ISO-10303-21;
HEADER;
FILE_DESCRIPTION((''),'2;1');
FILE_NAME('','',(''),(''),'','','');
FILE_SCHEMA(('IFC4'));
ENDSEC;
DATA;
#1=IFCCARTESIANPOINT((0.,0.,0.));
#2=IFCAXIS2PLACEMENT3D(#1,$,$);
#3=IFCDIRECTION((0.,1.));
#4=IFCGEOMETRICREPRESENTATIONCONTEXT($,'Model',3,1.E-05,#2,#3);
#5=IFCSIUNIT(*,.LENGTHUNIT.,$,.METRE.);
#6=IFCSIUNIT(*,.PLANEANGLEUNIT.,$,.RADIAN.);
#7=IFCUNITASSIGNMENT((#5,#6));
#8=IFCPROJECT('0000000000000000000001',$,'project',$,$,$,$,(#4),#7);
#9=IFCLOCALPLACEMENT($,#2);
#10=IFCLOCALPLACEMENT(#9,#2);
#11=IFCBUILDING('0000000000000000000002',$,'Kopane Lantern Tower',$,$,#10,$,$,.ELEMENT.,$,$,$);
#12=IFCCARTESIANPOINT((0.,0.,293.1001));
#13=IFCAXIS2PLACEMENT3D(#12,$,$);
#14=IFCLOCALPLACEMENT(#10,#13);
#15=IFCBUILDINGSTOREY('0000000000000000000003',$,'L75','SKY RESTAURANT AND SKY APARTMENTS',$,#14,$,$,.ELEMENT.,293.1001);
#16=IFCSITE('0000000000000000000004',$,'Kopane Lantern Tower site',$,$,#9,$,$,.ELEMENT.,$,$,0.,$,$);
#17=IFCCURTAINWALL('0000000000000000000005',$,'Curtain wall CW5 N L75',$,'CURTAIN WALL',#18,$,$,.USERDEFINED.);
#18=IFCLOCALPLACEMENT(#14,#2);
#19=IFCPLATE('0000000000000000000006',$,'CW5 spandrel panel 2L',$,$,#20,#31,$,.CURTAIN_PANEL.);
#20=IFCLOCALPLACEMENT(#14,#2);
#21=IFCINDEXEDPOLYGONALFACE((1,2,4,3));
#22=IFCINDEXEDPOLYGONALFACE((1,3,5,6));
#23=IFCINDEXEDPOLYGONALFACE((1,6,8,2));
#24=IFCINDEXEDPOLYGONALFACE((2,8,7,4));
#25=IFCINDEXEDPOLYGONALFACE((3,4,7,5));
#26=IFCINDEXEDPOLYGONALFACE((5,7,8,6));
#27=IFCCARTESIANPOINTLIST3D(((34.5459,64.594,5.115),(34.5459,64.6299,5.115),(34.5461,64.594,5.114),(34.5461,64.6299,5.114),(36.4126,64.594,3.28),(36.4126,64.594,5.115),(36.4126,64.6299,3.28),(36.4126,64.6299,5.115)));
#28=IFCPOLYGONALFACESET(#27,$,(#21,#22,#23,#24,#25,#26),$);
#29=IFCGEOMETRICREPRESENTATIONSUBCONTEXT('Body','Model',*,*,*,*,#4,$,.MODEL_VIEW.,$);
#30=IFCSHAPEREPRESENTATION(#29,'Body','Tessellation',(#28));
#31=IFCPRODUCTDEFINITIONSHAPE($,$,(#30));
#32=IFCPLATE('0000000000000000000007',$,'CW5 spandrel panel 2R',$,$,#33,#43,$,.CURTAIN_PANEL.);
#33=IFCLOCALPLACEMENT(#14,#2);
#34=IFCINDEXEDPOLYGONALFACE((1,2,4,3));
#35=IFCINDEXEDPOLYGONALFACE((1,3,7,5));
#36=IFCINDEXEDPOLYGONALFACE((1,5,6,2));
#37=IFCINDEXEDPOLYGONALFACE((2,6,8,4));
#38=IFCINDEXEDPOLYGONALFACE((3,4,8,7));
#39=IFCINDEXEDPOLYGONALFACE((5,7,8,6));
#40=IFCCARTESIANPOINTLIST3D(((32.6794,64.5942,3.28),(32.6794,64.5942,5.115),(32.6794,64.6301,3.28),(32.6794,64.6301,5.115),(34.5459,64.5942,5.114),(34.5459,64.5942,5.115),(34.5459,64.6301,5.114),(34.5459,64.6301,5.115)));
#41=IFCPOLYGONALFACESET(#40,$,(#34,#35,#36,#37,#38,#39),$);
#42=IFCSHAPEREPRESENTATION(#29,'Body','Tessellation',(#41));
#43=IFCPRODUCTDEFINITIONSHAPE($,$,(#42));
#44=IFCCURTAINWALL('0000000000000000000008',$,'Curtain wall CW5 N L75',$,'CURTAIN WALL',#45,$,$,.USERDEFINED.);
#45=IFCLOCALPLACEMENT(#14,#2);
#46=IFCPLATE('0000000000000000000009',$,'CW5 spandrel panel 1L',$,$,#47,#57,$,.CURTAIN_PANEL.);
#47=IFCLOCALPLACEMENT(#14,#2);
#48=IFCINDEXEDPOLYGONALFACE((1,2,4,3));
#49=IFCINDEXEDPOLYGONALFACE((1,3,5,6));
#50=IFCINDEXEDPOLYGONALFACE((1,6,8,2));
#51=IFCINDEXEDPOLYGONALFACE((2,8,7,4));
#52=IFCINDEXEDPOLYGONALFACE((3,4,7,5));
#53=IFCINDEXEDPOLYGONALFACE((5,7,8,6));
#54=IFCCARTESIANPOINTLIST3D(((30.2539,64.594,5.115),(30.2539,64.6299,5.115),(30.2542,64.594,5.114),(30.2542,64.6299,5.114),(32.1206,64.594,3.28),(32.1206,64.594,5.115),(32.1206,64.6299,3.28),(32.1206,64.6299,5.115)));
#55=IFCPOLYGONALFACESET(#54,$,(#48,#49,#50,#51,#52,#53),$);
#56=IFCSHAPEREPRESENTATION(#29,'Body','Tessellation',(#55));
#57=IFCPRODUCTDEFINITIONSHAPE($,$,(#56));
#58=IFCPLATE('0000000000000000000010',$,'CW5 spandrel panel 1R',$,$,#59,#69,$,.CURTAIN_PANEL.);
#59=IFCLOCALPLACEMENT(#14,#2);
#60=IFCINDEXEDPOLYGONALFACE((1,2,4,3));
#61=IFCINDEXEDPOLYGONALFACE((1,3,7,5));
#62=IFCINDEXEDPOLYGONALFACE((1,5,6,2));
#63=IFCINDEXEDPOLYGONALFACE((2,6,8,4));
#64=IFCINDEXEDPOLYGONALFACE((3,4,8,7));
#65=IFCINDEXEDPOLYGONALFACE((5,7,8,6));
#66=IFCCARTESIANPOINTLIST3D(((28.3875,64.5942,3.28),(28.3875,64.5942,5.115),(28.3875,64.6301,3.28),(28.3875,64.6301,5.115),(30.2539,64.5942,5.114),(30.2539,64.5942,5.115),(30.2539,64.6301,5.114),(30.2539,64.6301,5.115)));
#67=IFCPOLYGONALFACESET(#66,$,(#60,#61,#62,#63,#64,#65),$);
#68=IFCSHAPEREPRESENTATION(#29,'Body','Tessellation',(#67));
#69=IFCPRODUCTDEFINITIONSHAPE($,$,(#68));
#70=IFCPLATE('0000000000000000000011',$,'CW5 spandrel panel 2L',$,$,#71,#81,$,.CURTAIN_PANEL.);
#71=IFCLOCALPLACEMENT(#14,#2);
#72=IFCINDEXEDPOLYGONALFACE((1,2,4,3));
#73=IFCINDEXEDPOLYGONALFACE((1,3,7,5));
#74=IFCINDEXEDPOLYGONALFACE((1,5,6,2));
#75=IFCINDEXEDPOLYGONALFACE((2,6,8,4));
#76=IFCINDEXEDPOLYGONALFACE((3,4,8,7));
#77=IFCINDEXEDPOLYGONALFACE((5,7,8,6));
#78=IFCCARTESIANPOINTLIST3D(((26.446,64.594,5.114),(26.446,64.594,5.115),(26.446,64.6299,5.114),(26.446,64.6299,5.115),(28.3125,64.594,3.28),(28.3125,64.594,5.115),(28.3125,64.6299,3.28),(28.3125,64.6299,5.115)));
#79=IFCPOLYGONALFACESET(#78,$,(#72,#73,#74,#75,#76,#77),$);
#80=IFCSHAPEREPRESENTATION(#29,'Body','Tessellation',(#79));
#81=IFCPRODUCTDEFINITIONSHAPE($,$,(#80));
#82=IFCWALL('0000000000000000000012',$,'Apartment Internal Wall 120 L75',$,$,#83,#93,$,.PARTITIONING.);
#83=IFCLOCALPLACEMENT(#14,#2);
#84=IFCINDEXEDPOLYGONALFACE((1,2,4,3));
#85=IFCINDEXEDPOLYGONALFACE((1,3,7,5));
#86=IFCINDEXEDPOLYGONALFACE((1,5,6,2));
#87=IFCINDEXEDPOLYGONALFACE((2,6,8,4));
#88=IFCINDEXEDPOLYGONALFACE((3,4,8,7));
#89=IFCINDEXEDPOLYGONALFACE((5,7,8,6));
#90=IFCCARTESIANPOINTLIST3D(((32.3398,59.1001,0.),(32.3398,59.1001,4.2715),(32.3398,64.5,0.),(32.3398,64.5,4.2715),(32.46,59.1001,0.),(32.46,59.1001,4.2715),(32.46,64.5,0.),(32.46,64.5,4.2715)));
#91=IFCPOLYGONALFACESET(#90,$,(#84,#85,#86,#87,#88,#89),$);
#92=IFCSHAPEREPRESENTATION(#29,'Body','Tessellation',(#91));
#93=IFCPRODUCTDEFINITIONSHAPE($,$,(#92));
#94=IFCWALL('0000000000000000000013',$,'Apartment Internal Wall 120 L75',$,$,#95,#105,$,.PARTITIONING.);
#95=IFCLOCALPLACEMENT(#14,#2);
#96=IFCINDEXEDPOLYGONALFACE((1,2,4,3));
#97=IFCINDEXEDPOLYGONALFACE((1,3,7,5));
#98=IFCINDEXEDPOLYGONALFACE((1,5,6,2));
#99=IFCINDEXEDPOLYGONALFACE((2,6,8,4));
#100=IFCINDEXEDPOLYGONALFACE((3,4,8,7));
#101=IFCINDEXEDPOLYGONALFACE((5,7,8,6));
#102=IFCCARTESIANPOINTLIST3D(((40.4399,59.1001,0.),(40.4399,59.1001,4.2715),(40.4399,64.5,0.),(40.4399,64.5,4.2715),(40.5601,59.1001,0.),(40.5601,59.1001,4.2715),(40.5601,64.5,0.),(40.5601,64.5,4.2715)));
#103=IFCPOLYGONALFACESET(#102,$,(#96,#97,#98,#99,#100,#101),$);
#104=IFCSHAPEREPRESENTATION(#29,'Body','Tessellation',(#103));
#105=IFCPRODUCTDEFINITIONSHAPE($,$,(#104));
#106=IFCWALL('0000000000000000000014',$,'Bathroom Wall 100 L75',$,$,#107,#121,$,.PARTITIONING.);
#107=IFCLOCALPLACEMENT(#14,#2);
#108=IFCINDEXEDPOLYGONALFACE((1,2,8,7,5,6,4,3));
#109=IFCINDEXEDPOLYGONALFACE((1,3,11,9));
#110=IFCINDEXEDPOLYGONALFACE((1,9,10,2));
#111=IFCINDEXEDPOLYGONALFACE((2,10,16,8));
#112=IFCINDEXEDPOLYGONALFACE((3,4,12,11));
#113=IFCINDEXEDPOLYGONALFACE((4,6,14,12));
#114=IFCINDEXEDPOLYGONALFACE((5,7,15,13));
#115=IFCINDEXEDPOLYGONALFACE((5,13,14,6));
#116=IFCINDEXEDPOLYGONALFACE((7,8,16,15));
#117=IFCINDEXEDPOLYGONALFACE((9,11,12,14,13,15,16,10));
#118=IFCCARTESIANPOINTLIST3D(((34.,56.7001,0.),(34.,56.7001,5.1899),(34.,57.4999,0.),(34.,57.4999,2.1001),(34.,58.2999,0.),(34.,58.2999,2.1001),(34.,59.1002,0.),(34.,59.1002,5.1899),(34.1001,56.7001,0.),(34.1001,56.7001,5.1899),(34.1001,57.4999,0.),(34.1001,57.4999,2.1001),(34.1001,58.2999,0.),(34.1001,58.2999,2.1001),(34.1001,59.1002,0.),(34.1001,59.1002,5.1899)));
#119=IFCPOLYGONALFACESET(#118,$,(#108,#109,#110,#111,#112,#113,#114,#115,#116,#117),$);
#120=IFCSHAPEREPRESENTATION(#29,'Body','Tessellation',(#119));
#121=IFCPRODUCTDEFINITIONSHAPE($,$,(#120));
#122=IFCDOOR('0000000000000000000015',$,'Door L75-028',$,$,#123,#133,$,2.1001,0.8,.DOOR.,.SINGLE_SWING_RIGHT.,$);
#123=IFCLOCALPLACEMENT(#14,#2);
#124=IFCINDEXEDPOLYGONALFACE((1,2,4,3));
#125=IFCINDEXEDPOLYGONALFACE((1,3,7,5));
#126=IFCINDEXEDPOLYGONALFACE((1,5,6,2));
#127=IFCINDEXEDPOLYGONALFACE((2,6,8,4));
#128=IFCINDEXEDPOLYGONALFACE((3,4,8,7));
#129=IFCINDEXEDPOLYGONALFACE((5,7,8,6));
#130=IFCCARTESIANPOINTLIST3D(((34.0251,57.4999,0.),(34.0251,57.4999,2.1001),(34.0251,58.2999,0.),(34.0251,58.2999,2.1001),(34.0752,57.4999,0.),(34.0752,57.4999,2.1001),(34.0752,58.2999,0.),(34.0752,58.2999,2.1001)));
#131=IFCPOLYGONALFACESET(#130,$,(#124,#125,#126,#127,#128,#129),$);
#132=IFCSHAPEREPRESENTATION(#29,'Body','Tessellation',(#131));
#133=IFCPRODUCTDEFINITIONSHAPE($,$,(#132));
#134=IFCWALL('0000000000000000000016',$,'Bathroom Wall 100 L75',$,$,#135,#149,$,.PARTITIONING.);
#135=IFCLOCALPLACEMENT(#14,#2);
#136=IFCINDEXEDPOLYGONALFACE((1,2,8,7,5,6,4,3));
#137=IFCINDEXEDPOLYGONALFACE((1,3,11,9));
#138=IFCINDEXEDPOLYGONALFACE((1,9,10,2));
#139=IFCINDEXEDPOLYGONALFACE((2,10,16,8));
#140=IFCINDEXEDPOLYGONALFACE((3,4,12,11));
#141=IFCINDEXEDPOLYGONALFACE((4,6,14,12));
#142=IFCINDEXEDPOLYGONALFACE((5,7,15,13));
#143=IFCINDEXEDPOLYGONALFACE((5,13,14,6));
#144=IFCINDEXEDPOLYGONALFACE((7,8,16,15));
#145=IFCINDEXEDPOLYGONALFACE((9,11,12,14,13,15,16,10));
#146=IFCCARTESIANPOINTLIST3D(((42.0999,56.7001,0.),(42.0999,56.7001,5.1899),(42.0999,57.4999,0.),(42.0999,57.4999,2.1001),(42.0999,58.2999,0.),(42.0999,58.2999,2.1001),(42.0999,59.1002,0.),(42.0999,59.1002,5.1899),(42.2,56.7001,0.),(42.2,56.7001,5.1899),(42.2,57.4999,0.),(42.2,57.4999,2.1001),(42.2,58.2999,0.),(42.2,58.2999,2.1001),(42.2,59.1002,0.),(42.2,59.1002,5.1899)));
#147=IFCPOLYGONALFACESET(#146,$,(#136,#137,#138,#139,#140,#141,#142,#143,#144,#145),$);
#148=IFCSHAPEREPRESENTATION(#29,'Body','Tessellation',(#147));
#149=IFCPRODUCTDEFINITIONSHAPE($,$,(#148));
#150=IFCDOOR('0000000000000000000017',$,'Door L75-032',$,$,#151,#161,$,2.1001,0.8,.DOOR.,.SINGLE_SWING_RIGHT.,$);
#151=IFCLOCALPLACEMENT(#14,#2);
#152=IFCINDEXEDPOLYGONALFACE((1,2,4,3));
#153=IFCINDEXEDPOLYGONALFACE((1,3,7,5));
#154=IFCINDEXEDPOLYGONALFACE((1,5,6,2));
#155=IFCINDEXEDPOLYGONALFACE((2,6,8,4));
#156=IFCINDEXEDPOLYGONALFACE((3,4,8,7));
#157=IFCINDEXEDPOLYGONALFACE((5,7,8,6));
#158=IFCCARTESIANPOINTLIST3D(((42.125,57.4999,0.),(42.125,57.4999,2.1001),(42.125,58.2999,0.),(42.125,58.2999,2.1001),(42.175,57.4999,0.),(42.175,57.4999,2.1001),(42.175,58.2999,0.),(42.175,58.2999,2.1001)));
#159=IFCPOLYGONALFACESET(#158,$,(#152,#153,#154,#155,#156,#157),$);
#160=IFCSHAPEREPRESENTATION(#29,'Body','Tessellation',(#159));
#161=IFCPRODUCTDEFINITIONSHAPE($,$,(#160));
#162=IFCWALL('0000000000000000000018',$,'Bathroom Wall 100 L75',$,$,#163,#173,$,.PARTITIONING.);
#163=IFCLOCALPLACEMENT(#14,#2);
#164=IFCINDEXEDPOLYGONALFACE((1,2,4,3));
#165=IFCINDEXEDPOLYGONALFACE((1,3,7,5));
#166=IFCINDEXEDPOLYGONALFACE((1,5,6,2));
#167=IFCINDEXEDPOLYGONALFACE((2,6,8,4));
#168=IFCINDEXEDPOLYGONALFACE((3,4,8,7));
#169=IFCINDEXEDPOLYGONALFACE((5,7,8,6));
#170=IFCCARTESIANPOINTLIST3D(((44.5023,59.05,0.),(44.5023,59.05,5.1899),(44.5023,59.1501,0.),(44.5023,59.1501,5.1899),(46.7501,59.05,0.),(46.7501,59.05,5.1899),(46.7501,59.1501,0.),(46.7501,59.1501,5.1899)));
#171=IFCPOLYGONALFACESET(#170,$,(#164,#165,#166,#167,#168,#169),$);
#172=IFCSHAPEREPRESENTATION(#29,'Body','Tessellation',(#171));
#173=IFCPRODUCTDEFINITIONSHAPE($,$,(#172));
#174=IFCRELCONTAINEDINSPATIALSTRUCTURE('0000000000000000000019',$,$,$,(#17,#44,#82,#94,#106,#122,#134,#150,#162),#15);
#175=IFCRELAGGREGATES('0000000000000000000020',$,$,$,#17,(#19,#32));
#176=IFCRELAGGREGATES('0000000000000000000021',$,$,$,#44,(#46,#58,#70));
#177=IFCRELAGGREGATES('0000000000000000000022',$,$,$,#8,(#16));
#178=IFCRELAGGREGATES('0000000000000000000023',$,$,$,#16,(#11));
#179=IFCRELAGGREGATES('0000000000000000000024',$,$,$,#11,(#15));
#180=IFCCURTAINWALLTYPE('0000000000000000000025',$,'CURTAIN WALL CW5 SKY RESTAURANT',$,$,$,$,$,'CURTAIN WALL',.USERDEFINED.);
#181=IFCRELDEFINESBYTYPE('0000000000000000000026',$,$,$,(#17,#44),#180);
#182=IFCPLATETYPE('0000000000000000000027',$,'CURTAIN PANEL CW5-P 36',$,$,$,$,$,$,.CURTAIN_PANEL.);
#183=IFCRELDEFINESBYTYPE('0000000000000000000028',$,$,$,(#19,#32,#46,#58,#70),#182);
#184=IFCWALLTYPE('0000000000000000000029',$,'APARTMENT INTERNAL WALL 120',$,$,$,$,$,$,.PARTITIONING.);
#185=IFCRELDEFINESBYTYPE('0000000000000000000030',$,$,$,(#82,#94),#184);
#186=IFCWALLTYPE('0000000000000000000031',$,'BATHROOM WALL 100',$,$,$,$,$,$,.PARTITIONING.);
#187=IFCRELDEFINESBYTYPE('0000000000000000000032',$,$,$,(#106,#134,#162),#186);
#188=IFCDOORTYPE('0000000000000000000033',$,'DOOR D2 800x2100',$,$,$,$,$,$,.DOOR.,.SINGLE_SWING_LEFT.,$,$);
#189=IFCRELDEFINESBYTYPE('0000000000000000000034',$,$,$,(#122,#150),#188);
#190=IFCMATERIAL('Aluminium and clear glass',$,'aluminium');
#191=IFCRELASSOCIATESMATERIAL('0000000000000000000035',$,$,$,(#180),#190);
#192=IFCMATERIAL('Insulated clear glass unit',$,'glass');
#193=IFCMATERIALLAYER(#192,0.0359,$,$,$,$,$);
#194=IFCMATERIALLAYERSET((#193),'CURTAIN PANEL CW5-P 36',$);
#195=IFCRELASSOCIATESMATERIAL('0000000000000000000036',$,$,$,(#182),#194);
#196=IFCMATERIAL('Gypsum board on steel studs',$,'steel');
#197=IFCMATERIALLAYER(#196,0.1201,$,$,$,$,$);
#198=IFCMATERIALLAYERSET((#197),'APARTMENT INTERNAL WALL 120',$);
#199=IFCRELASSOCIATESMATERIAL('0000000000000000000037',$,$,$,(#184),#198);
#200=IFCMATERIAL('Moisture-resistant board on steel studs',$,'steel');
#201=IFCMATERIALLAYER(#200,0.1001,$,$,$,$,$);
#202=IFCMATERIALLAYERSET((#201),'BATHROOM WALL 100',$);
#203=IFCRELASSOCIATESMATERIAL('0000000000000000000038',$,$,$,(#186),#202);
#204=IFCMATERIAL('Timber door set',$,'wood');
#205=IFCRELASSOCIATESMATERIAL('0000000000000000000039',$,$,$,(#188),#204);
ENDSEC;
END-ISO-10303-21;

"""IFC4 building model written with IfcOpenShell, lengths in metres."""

from ifc_helpers import new_model, si_unit, direction, frame, frame_2d, origin, place, context, subcontext, project, spatial, polyline, rectangle, outline, extrude, material, layer, layer_set, type_object, element, fill, aggregate, save


model = new_model("IFC4")

# Units and contexts
model_context = context("Model", 3, precision=1e-05, world=origin(), true_north=direction((0.0, 1.0)))
body_context = subcontext(model_context, "Body", "Model", "MODEL_VIEW")
ifc_project = project(units=[si_unit("LENGTHUNIT", "METRE"), si_unit("PLANEANGLEUNIT", "RADIAN")], contexts=[model_context])

# Site, building, storey
site_placement = place(None, origin())
site = spatial("IfcSite", under=ifc_project, at=site_placement, Name="Kopane Lantern Tower site", CompositionType="ELEMENT", RefElevation=0.0)
building_placement = place(site_placement, origin())
building = spatial("IfcBuilding", under=site, at=building_placement, Name="Kopane Lantern Tower", CompositionType="ELEMENT")
storey_placement = place(building_placement, frame((0.0, 0.0, 293.1001)))
storey = spatial("IfcBuildingStorey", under=building, at=storey_placement, Name="L75", Description="SKY RESTAURANT AND SKY APARTMENTS", CompositionType="ELEMENT", Elevation=293.1001)

# Shared definitions
ifc_material_1 = material(Name="Aluminium and clear glass", Category="aluminium")
curtain_wall_type = type_object("IfcCurtainWallType", Name="CURTAIN WALL CW5 SKY RESTAURANT", ElementType="CURTAIN WALL", PredefinedType="USERDEFINED", material=ifc_material_1)
ifc_material_2 = material(Name="Insulated clear glass unit", Category="glass")
ifc_layer_1 = layer(ifc_material_2, 0.0359)
ifc_layer_set_1 = layer_set([ifc_layer_1], Name="CURTAIN PANEL CW5-P 36")
plate_type = type_object("IfcPlateType", Name="CURTAIN PANEL CW5-P 36", PredefinedType="CURTAIN_PANEL", material=ifc_layer_set_1)

# Curtain walls, plates
curtain_wall_1_placement = place(storey_placement, origin())
curtain_wall_1 = element("IfcCurtainWall", 1, at=curtain_wall_1_placement, inside=storey, type_object=curtain_wall_type, Name="Curtain wall CW5 N L75", ObjectType="CURTAIN WALL", PredefinedType="USERDEFINED")
plate_1_placement = place(storey_placement, frame((36.4126, 64.6121, 5.115), z_axis=(0.0, 0.0, 1.0), x_axis=(-1.0, 0.0, 0.0)))
plate_1 = element("IfcPlate", 2, at=plate_1_placement, type_object=plate_type, Name="CW5 spandrel panel 2L", PredefinedType="CURTAIN_PANEL", context=body_context, shape_type="SweptSolid", body=[
    extrude(outline(polyline([(0.0, 0.0), (1.8667, 0.0), (1.8665, -0.001), (0.0, -1.835), (0.0, 0.0)])), frame((0.0, 0.0181, 0.0), z_axis=(0.0, -1.0, 0.0), x_axis=(1.0, 0.0, 0.0)), (0.0, 0.0, 1.0), 0.0359),
])
plate_2_placement = place(storey_placement, frame((32.6794, 64.6121, 5.115), z_axis=(0.0, 0.0, 1.0), x_axis=(1.0, 0.0, 0.0)))
plate_2 = element("IfcPlate", 3, at=plate_2_placement, type_object=plate_type, Name="CW5 spandrel panel 2R", PredefinedType="CURTAIN_PANEL", context=body_context, shape_type="SweptSolid", body=[
    extrude(outline(polyline([(0.0, 0.0), (1.8665, 0.0), (1.8665, -0.001), (0.0, -1.835), (0.0, 0.0)])), frame((0.0, 0.0181, 0.0), z_axis=(0.0, -1.0, 0.0), x_axis=(1.0, 0.0, 0.0)), (0.0, 0.0, 1.0), 0.0359),
])
aggregate(curtain_wall_1, [plate_1, plate_2])
curtain_wall_2_placement = place(storey_placement, origin())
curtain_wall_2 = element("IfcCurtainWall", 4, at=curtain_wall_2_placement, inside=storey, type_object=curtain_wall_type, Name="Curtain wall CW5 N L75", ObjectType="CURTAIN WALL", PredefinedType="USERDEFINED")
plate_3_placement = place(storey_placement, frame((32.1206, 64.6121, 5.115), z_axis=(0.0, 0.0, 1.0), x_axis=(-1.0, 0.0, 0.0)))
plate_3 = element("IfcPlate", 5, at=plate_3_placement, type_object=plate_type, Name="CW5 spandrel panel 1L", PredefinedType="CURTAIN_PANEL", context=body_context, shape_type="SweptSolid", body=[
    extrude(outline(polyline([(0.0, 0.0), (1.8667, 0.0), (1.8665, -0.001), (0.0, -1.835), (0.0, 0.0)])), frame((0.0, 0.0181, 0.0), z_axis=(0.0, -1.0, 0.0), x_axis=(1.0, 0.0, 0.0)), (0.0, 0.0, 1.0), 0.0359),
])
plate_4_placement = place(storey_placement, frame((28.3875, 64.6121, 5.115), z_axis=(0.0, 0.0, 1.0), x_axis=(1.0, 0.0, 0.0)))
plate_4 = element("IfcPlate", 6, at=plate_4_placement, type_object=plate_type, Name="CW5 spandrel panel 1R", PredefinedType="CURTAIN_PANEL", context=body_context, shape_type="SweptSolid", body=[
    extrude(outline(polyline([(0.0, 0.0), (1.8665, 0.0), (1.8665, -0.001), (0.0, -1.835), (0.0, 0.0)])), frame((0.0, 0.0181, 0.0), z_axis=(0.0, -1.0, 0.0), x_axis=(1.0, 0.0, 0.0)), (0.0, 0.0, 1.0), 0.0359),
])
plate_5_placement = place(storey_placement, frame((28.3125, 64.6121, 5.115), z_axis=(0.0, 0.0, 1.0), x_axis=(-1.0, 0.0, 0.0)))
plate_5 = element("IfcPlate", 7, at=plate_5_placement, type_object=plate_type, Name="CW5 spandrel panel 2L", PredefinedType="CURTAIN_PANEL", context=body_context, shape_type="SweptSolid", body=[
    extrude(outline(polyline([(0.0, 0.0), (1.8665, 0.0), (1.8665, -0.001), (0.0, -1.835), (0.0, 0.0)])), frame((0.0, 0.0181, 0.0), z_axis=(0.0, -1.0, 0.0), x_axis=(1.0, 0.0, 0.0)), (0.0, 0.0, 1.0), 0.0359),
])
aggregate(curtain_wall_2, [plate_3, plate_4, plate_5])

# Walls
ifc_material_3 = material(Name="Gypsum board on steel studs", Category="steel")
ifc_layer_2 = layer(ifc_material_3, 0.1201)
ifc_layer_set_2 = layer_set([ifc_layer_2], Name="APARTMENT INTERNAL WALL 120")
wall_type_1 = type_object("IfcWallType", Name="APARTMENT INTERNAL WALL 120", PredefinedType="PARTITIONING", material=ifc_layer_set_2)
for number, where, z_axis, x_axis, name in (
    (8, (32.3999, 59.1001, 0.0), (0.0, 0.0, 1.0), (0.0, 1.0, 0.0), "Apartment Internal Wall 120 L75"),
    (9, (40.5, 59.1001, 0.0), (0.0, 0.0, 1.0), (0.0, 1.0, 0.0), "Apartment Internal Wall 120 L75"),
):
    element("IfcWall", number, at=place(storey_placement, frame(where, z_axis=z_axis, x_axis=x_axis)), inside=storey, type_object=wall_type_1, Name=name, PredefinedType="PARTITIONING", context=body_context, shape_type="SweptSolid", body=[
        extrude(rectangle(XDim=5.3999, YDim=0.1201, at=frame_2d((2.7, 0.0))), origin(), (0.0, 0.0, 1.0), 4.2715),
    ])

# Walls, openings, doors
ifc_material_4 = material(Name="Moisture-resistant board on steel studs", Category="steel")
ifc_layer_3 = layer(ifc_material_4, 0.1001)
ifc_layer_set_3 = layer_set([ifc_layer_3], Name="BATHROOM WALL 100")
wall_type_2 = type_object("IfcWallType", Name="BATHROOM WALL 100", PredefinedType="PARTITIONING", material=ifc_layer_set_3)
wall_1_placement = place(storey_placement, frame((34.05, 56.7, 0.0), z_axis=(0.0, 0.0, 1.0), x_axis=(0.0, 1.0, 0.0)))
wall_1 = element("IfcWall", 10, at=wall_1_placement, inside=storey, type_object=wall_type_2, Name="Bathroom Wall 100 L75", PredefinedType="PARTITIONING", context=body_context, shape_type="SweptSolid", body=[
    extrude(rectangle(XDim=2.4001, YDim=0.1001, at=frame_2d((1.2002, 0.0))), origin(), (0.0, 0.0, 1.0), 5.1899),
])
opening_1_placement = place(wall_1_placement, frame((0.8, 0.0, 0.0)))
opening_1 = element("IfcOpeningElement", 11, at=opening_1_placement, cuts=wall_1, PredefinedType="OPENING", context=body_context, shape_type="SweptSolid", body=[
    extrude(rectangle(XDim=0.8, YDim=2.1001, at=frame_2d((0.3999, 1.05))), frame((0.0, 0.0601, 0.0), z_axis=(0.0, -1.0, 0.0), x_axis=(1.0, 0.0, 0.0)), (0.0, 0.0, 1.0), 0.1201),
])
ifc_material_5 = material(Name="Timber door set", Category="wood")
door_type_1 = type_object("IfcDoorType", Name="DOOR D2 800x2100", OperationType="SINGLE_SWING_LEFT", PredefinedType="DOOR", material=ifc_material_5)
door_1_placement = place(opening_1_placement, origin())
door_1 = element("IfcDoor", 12, at=door_1_placement, inside=storey, type_object=door_type_1, Name="Door L75-028", OperationType="SINGLE_SWING_RIGHT", OverallHeight=2.1001, OverallWidth=0.8, PredefinedType="DOOR", context=body_context, shape_type="SweptSolid", body=[
    extrude(rectangle(XDim=0.8, YDim=2.1001, at=frame_2d((0.3999, 1.05))), frame((0.0, 0.0249, 0.0), z_axis=(0.0, -1.0, 0.0), x_axis=(1.0, 0.0, 0.0)), (0.0, 0.0, 1.0), 0.05),
])
fill(opening_1, door_1)
wall_2_placement = place(storey_placement, frame((42.1499, 56.7, 0.0), z_axis=(0.0, 0.0, 1.0), x_axis=(0.0, 1.0, 0.0)))
wall_2 = element("IfcWall", 13, at=wall_2_placement, inside=storey, type_object=wall_type_2, Name="Bathroom Wall 100 L75", PredefinedType="PARTITIONING", context=body_context, shape_type="SweptSolid", body=[
    extrude(rectangle(XDim=2.4001, YDim=0.1001, at=frame_2d((1.2002, 0.0))), origin(), (0.0, 0.0, 1.0), 5.1899),
])
opening_2_placement = place(wall_2_placement, frame((0.8, 0.0, 0.0)))
opening_2 = element("IfcOpeningElement", 14, at=opening_2_placement, cuts=wall_2, PredefinedType="OPENING", context=body_context, shape_type="SweptSolid", body=[
    extrude(rectangle(XDim=0.8, YDim=2.1001, at=frame_2d((0.3999, 1.05))), frame((0.0, 0.0601, 0.0), z_axis=(0.0, -1.0, 0.0), x_axis=(1.0, 0.0, 0.0)), (0.0, 0.0, 1.0), 0.1201),
])
door_2_placement = place(opening_2_placement, origin())
door_2 = element("IfcDoor", 15, at=door_2_placement, inside=storey, type_object=door_type_1, Name="Door L75-032", OperationType="SINGLE_SWING_RIGHT", OverallHeight=2.1001, OverallWidth=0.8, PredefinedType="DOOR", context=body_context, shape_type="SweptSolid", body=[
    extrude(rectangle(XDim=0.8, YDim=2.1001, at=frame_2d((0.3999, 1.05))), frame((0.0, 0.0249, 0.0), z_axis=(0.0, -1.0, 0.0), x_axis=(1.0, 0.0, 0.0)), (0.0, 0.0, 1.0), 0.05),
])
fill(opening_2, door_2)

# Wall
wall_3_placement = place(storey_placement, frame((44.5022, 59.1001, 0.0), z_axis=(0.0, 0.0, 1.0), x_axis=(1.0, 0.0, 0.0)))
element("IfcWall", 16, at=wall_3_placement, inside=storey, type_object=wall_type_2, Name="Bathroom Wall 100 L75", PredefinedType="PARTITIONING", context=body_context, shape_type="SweptSolid", body=[
    extrude(rectangle(XDim=2.2478, YDim=0.1001, at=frame_2d((1.124, 0.0))), origin(), (0.0, 0.0, 1.0), 5.1899),
])

save(model, "model.ifc")
